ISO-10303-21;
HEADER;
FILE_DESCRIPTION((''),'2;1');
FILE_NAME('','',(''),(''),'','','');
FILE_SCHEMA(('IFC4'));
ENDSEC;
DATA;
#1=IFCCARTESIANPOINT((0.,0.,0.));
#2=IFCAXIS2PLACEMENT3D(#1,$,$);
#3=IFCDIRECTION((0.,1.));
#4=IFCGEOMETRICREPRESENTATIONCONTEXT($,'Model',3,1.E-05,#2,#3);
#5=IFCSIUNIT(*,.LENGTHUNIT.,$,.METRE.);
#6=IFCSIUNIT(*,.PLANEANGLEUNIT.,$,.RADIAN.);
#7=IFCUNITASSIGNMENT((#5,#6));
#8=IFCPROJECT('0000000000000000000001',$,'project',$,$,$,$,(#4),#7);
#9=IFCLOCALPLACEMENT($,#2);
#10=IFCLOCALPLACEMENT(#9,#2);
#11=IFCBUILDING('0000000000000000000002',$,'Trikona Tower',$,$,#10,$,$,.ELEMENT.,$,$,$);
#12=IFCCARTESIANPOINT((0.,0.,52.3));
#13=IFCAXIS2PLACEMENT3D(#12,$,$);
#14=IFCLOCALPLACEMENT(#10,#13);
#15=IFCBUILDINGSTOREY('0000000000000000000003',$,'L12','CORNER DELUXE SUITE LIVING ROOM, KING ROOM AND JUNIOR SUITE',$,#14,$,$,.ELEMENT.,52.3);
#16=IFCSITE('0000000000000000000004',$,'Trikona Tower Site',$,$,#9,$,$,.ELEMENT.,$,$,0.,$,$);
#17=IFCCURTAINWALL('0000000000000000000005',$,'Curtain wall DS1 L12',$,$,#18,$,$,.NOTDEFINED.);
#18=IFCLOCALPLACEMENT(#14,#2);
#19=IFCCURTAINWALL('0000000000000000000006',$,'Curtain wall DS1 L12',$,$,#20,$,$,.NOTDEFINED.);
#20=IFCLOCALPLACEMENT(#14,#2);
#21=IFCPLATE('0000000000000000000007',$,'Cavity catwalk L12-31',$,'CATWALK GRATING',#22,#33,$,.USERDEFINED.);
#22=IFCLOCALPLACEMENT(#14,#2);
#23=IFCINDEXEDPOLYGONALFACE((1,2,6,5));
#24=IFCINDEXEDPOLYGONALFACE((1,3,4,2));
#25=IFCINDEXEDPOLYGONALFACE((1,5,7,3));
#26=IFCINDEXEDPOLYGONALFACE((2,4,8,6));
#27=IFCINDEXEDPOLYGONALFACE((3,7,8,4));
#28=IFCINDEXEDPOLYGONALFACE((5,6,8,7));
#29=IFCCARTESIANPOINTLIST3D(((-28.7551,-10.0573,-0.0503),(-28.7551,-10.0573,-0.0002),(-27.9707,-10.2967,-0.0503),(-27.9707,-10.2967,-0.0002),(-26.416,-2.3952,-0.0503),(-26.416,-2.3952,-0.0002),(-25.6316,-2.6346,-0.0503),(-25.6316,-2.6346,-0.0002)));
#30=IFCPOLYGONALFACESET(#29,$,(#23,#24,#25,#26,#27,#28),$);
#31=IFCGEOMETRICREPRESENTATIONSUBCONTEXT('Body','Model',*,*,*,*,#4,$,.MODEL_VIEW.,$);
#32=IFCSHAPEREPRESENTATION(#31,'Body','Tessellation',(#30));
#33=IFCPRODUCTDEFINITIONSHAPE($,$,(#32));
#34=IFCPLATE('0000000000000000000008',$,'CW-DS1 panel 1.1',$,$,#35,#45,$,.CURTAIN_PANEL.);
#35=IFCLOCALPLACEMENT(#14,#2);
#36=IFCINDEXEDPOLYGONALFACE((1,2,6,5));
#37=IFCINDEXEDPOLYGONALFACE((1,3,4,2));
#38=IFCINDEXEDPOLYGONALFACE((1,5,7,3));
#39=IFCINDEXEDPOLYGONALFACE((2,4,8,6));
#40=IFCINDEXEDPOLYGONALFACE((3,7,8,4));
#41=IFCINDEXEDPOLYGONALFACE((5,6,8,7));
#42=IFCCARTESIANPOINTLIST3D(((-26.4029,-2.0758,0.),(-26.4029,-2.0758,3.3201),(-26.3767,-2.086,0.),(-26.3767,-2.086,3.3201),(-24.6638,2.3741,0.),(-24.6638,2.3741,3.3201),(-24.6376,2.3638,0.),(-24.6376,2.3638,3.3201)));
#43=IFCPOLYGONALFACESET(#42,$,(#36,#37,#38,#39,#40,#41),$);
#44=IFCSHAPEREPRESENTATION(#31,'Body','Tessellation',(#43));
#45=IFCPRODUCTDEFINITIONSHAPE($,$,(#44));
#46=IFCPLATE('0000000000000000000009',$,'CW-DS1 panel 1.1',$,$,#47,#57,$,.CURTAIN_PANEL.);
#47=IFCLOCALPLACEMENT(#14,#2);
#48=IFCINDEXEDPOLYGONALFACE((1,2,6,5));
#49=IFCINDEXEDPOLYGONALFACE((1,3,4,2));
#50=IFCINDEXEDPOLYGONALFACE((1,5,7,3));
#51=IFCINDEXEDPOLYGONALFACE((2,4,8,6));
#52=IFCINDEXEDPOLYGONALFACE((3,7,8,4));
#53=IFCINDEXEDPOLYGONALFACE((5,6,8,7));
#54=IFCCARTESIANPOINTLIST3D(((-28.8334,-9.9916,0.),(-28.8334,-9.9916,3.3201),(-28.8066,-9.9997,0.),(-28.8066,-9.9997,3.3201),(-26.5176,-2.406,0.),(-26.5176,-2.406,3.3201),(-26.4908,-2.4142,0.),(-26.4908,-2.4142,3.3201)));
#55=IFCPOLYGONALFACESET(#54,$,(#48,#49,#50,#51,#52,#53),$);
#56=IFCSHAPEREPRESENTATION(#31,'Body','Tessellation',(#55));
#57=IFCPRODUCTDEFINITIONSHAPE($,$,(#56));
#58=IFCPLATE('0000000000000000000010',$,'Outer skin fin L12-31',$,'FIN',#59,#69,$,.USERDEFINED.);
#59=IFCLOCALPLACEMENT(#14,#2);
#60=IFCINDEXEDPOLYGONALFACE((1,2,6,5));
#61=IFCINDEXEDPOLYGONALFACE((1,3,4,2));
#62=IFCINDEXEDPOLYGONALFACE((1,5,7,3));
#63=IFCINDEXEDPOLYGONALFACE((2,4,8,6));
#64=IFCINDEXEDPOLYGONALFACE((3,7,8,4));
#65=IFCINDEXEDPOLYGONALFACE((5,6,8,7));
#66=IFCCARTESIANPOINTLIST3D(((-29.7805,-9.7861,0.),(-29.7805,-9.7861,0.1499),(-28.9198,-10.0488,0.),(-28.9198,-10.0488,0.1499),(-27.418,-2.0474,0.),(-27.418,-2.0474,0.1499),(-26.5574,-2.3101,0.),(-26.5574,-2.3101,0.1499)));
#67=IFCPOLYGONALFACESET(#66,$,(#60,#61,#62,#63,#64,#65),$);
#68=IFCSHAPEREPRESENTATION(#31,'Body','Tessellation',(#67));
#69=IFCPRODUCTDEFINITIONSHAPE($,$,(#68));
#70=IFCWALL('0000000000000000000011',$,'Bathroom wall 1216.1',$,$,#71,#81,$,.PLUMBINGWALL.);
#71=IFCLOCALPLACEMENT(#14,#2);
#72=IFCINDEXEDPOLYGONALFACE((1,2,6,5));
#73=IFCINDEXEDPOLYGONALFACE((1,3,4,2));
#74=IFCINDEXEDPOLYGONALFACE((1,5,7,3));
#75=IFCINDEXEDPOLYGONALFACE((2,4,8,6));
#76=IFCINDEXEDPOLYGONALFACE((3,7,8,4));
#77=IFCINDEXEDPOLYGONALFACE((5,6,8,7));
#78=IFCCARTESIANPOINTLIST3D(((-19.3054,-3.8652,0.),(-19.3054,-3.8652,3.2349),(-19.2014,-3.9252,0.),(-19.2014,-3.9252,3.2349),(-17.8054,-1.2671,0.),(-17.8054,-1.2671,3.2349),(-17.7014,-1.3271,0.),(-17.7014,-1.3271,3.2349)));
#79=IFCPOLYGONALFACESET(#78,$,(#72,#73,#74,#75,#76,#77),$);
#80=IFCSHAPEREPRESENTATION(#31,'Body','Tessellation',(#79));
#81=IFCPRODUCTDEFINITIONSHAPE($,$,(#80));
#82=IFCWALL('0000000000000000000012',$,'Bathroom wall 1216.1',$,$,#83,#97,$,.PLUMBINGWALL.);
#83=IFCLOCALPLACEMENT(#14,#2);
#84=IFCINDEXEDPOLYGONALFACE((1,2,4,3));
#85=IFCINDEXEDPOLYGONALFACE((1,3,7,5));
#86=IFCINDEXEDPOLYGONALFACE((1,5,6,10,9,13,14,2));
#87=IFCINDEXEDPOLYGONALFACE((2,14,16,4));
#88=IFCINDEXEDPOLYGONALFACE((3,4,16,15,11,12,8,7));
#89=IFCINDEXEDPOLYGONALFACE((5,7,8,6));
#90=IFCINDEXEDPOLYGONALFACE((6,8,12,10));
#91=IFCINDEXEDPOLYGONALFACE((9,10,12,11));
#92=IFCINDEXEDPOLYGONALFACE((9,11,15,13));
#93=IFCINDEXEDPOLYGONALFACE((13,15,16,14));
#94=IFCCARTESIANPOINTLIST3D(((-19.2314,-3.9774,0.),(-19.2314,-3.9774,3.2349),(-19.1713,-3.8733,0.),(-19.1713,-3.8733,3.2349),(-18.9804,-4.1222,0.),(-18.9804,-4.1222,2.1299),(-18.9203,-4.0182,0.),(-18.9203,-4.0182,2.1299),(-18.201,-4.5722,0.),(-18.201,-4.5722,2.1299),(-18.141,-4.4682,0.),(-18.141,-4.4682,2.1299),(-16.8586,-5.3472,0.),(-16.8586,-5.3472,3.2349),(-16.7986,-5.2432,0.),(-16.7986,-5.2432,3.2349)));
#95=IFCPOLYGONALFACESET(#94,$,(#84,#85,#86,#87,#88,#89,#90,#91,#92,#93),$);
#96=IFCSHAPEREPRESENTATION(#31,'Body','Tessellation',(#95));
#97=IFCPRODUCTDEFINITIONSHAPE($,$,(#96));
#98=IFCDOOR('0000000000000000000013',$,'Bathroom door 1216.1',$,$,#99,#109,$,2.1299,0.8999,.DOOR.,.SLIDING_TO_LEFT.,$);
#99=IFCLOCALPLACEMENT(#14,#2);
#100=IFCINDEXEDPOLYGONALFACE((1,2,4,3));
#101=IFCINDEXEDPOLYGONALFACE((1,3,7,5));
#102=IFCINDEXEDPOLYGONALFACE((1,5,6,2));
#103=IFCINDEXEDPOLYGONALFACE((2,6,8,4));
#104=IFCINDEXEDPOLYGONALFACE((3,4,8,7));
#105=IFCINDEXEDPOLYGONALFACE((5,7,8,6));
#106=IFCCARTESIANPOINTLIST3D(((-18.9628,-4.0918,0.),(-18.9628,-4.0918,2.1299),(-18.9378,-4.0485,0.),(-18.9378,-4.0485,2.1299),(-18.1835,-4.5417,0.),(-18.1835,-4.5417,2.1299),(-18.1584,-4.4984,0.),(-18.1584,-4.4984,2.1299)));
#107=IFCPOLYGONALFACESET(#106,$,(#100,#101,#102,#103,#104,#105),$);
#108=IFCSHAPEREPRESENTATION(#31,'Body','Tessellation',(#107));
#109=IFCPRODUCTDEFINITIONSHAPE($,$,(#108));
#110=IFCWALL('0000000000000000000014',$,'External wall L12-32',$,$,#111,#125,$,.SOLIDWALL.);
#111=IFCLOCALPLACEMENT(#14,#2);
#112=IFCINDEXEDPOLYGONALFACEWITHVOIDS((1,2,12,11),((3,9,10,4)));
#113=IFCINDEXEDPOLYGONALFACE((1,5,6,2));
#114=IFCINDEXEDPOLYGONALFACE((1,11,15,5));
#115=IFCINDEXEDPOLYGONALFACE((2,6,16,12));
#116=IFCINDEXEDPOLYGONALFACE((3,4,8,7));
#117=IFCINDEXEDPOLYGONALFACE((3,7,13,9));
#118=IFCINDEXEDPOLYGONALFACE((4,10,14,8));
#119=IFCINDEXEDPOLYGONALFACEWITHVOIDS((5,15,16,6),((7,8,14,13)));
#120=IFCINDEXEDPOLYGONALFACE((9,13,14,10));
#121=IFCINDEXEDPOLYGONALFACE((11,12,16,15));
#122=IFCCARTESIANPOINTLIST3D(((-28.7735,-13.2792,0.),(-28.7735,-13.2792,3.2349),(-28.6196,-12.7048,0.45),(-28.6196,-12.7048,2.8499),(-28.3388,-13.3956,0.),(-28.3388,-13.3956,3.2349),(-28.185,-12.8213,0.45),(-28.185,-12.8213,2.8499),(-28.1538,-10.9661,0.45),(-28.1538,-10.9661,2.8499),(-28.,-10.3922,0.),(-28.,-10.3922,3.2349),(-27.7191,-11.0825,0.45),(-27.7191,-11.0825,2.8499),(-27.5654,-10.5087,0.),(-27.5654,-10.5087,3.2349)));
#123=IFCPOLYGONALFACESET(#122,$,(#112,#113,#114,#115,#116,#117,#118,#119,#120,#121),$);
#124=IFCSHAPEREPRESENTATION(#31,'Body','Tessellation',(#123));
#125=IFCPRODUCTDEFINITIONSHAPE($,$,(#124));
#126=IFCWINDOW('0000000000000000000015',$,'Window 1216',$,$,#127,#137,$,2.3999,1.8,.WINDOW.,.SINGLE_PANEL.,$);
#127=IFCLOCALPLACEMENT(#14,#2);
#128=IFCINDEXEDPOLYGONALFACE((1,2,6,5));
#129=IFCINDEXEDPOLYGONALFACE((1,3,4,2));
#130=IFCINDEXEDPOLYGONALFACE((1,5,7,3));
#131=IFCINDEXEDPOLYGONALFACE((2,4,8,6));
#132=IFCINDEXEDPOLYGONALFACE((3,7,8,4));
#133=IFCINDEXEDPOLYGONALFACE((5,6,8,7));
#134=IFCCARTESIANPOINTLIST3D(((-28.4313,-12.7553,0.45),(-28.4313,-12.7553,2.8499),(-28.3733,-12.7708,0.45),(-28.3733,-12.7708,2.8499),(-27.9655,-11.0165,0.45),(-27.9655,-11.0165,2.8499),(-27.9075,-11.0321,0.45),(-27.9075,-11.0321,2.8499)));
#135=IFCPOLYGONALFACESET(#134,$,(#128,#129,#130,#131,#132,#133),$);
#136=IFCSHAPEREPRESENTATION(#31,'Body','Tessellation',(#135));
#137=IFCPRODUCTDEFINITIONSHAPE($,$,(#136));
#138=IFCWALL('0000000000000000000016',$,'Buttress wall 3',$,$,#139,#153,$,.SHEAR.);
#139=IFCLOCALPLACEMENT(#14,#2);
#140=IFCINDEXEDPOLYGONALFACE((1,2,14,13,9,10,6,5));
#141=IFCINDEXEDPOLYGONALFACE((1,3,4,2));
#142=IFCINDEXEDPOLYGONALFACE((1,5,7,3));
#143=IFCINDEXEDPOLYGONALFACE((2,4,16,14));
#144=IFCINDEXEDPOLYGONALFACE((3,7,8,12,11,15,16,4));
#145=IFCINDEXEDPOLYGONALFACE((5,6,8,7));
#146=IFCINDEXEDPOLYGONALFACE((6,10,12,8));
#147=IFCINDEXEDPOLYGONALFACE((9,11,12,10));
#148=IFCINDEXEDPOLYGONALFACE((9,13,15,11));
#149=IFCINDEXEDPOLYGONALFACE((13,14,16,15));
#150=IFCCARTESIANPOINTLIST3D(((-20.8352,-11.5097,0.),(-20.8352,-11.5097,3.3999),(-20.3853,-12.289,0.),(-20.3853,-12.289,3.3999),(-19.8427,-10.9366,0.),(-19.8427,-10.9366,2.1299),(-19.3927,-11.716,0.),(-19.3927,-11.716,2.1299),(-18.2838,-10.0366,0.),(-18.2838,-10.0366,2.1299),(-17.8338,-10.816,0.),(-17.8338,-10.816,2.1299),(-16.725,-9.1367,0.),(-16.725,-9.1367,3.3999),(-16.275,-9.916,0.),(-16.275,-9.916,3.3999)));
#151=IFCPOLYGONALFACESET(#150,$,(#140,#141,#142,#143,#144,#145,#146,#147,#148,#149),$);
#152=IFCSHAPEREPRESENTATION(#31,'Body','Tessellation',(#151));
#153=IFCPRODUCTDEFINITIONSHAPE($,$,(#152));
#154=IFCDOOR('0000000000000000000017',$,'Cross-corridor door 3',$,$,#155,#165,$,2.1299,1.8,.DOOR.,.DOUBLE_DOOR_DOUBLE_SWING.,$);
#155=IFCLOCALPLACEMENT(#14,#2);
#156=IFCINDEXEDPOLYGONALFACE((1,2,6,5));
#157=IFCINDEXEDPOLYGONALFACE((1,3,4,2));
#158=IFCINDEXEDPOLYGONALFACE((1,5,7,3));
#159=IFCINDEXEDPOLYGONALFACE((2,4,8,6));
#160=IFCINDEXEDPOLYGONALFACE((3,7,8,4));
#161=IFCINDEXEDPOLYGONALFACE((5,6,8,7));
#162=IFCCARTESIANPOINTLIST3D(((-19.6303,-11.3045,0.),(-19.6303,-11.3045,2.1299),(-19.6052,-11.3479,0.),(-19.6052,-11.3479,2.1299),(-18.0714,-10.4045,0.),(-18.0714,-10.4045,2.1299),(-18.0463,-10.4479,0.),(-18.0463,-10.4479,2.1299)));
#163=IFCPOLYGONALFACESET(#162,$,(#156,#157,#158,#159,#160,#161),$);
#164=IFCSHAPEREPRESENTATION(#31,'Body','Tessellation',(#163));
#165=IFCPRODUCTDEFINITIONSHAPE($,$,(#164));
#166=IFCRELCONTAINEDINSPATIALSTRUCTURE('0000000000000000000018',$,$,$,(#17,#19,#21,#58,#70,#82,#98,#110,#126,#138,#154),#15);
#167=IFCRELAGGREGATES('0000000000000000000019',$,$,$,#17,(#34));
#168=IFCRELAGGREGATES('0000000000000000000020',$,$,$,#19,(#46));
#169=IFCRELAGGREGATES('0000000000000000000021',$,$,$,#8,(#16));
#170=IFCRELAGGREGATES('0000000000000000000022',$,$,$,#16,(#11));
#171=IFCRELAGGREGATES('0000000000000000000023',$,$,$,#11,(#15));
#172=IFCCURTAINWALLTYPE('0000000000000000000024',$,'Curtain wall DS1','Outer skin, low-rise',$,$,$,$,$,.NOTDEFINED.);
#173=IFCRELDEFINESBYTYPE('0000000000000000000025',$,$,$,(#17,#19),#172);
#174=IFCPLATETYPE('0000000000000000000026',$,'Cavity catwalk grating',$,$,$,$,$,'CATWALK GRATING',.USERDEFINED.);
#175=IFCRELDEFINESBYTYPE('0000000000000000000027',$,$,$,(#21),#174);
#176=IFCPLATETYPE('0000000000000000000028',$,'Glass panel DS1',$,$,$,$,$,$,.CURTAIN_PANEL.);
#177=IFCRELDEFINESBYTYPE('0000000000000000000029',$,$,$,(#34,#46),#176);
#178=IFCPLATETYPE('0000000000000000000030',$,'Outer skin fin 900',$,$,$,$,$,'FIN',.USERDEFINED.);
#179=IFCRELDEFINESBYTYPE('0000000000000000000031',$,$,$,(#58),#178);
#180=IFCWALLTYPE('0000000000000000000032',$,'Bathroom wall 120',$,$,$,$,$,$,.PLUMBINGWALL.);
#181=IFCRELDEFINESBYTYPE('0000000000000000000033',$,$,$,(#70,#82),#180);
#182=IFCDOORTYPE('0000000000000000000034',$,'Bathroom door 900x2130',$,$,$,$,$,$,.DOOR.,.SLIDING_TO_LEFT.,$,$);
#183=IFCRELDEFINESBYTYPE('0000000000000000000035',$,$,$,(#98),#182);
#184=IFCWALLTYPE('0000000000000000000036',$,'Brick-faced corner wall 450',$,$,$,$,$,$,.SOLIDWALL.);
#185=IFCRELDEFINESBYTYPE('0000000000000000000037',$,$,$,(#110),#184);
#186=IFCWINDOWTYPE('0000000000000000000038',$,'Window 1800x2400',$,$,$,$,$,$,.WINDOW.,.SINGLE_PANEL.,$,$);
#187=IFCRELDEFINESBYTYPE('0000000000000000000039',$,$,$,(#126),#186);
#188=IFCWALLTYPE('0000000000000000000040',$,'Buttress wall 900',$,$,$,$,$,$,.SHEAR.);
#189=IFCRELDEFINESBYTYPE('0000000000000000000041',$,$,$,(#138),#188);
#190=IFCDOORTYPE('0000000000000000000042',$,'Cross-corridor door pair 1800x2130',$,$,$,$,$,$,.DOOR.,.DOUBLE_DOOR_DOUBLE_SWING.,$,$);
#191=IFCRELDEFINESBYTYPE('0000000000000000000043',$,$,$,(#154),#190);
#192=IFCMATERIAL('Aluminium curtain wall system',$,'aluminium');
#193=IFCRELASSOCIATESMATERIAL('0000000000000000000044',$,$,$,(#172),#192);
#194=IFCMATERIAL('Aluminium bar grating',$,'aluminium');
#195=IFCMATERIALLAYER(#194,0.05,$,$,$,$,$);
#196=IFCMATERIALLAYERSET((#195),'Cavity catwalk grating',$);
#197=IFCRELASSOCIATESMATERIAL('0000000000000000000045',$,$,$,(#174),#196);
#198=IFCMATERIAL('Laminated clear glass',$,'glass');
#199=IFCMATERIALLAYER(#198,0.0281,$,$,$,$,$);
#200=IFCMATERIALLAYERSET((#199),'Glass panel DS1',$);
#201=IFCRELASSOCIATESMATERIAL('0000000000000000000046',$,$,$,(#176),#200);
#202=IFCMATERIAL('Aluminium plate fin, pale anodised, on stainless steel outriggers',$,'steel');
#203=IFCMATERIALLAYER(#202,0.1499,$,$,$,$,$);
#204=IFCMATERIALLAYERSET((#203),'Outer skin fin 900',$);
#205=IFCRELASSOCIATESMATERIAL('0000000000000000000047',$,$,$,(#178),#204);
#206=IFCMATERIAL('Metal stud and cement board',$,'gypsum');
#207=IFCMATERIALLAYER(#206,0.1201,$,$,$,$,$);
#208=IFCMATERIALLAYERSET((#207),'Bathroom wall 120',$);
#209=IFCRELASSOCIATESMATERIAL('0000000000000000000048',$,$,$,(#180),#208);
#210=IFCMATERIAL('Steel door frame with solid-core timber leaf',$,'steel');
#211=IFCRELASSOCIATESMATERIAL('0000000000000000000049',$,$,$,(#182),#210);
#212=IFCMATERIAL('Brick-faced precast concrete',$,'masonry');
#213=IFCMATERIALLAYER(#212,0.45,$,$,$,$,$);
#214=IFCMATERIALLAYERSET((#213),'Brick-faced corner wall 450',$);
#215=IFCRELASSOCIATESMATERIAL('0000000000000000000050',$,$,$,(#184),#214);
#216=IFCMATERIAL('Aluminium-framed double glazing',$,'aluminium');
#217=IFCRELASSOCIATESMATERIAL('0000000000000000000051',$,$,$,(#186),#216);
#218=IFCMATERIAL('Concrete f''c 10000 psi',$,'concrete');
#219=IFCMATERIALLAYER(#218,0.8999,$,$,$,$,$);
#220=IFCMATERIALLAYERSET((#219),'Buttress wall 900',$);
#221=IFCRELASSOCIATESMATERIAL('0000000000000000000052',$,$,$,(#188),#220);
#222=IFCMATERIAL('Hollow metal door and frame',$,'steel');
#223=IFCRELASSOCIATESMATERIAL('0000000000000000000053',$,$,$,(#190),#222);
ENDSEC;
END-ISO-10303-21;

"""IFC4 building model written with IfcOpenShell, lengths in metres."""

from ifc_helpers import new_model, si_unit, direction, frame, frame_2d, origin, origin_2d, place, context, subcontext, project, spatial, rectangle, extrude, material, layer, layer_set, type_object, element, fill, aggregate, save


model = new_model("IFC4")

# Units and contexts
model_context = context("Model", 3, precision=1e-05, world=origin(), true_north=direction((0.0, 1.0)))
body_context = subcontext(model_context, "Body", "Model", "MODEL_VIEW")
ifc_project = project(units=[si_unit("LENGTHUNIT", "METRE"), si_unit("PLANEANGLEUNIT", "RADIAN")], contexts=[model_context])

# Site, building, storey
site_placement = place(None, origin())
site = spatial("IfcSite", under=ifc_project, at=site_placement, Name="Trikona Tower Site", CompositionType="ELEMENT", RefElevation=0.0)
building_placement = place(site_placement, origin())
building = spatial("IfcBuilding", under=site, at=building_placement, Name="Trikona Tower", CompositionType="ELEMENT")
storey_placement = place(building_placement, frame((0.0, 0.0, 52.3)))
storey = spatial("IfcBuildingStorey", under=building, at=storey_placement, Name="L12", Description="CORNER DELUXE SUITE LIVING ROOM, KING ROOM AND JUNIOR SUITE", CompositionType="ELEMENT", Elevation=52.3)

# Curtain wall
ifc_material_1 = material(Name="Aluminium curtain wall system", Category="aluminium")
curtain_wall_type = type_object("IfcCurtainWallType", Name="Curtain wall DS1", Description="Outer skin, low-rise", PredefinedType="NOTDEFINED", material=ifc_material_1)
curtain_wall_1_placement = place(storey_placement, origin())
curtain_wall_1 = element("IfcCurtainWall", 1, at=curtain_wall_1_placement, inside=storey, type_object=curtain_wall_type, Name="Curtain wall DS1 L12", PredefinedType="NOTDEFINED")

# Curtain wall
curtain_wall_2_placement = place(storey_placement, origin())
curtain_wall_2 = element("IfcCurtainWall", 2, at=curtain_wall_2_placement, inside=storey, type_object=curtain_wall_type, Name="Curtain wall DS1 L12", PredefinedType="NOTDEFINED")

# Plate
ifc_material_2 = material(Name="Aluminium bar grating", Category="aluminium")
ifc_layer_1 = layer(ifc_material_2, 0.05)
ifc_layer_set_1 = layer_set([ifc_layer_1], Name="Cavity catwalk grating")
plate_type_1 = type_object("IfcPlateType", Name="Cavity catwalk grating", ElementType="CATWALK GRATING", PredefinedType="USERDEFINED", material=ifc_layer_set_1)
plate_1_placement = place(storey_placement, frame((-27.1934, -6.3459, -0.0503), z_axis=(0.0, 0.0, 1.0), x_axis=(-0.291979, -0.956425, 0.0)))
element("IfcPlate", 3, at=plate_1_placement, inside=storey, type_object=plate_type_1, Name="Cavity catwalk L12-31", ObjectType="CATWALK GRATING", PredefinedType="USERDEFINED", context=body_context, shape_type="SweptSolid", body=[
    extrude(rectangle(XDim=8.0112, YDim=0.8201, at=origin_2d()), origin(), (0.0, 0.0, 1.0), 0.05),
])

# Plates
ifc_material_3 = material(Name="Laminated clear glass", Category="glass")
ifc_layer_2 = layer(ifc_material_3, 0.0281)
ifc_layer_set_2 = layer_set([ifc_layer_2], Name="Glass panel DS1")
plate_type_2 = type_object("IfcPlateType", Name="Glass panel DS1", PredefinedType="CURTAIN_PANEL", material=ifc_layer_set_2)
plate_2_placement = place(storey_placement, frame((-25.5203, 0.144, 0.0), z_axis=(0.0, 0.0, 1.0), x_axis=(-0.364008, -0.931396, 0.0)))
plate_2 = element("IfcPlate", 4, at=plate_2_placement, type_object=plate_type_2, Name="CW-DS1 panel 1.1", PredefinedType="CURTAIN_PANEL", context=body_context, shape_type="SweptSolid", body=[
    extrude(rectangle(XDim=4.7776, YDim=0.0281, at=origin_2d()), origin(), (0.0, 0.0, 1.0), 3.3201),
])
aggregate(curtain_wall_1, [plate_2])
plate_3_placement = place(storey_placement, frame((-27.6621, -6.2029, 0.0), z_axis=(0.0, 0.0, 1.0), x_axis=(-0.291984, -0.956423, 0.0)))
plate_3 = element("IfcPlate", 5, at=plate_3_placement, type_object=plate_type_2, Name="CW-DS1 panel 1.1", PredefinedType="CURTAIN_PANEL", context=body_context, shape_type="SweptSolid", body=[
    extrude(rectangle(XDim=7.9312, YDim=0.0281, at=origin_2d()), origin(), (0.0, 0.0, 1.0), 3.3201),
])
aggregate(curtain_wall_2, [plate_3])
ifc_material_4 = material(Name="Aluminium plate fin, pale anodised, on stainless steel outriggers", Category="steel")
ifc_layer_3 = layer(ifc_material_4, 0.1499)
ifc_layer_set_3 = layer_set([ifc_layer_3], Name="Outer skin fin 900")
plate_type_3 = type_object("IfcPlateType", Name="Outer skin fin 900", ElementType="FIN", PredefinedType="USERDEFINED", material=ifc_layer_set_3)
plate_4_placement = place(storey_placement, frame((-28.1689, -6.0481, 0.0), z_axis=(0.0, 0.0, 1.0), x_axis=(-0.291979, -0.956425, 0.0)))
element("IfcPlate", 6, at=plate_4_placement, inside=storey, type_object=plate_type_3, Name="Outer skin fin L12-31", ObjectType="FIN", PredefinedType="USERDEFINED", context=body_context, shape_type="SweptSolid", body=[
    extrude(rectangle(XDim=8.0913, YDim=0.8999, at=origin_2d()), origin(), (0.0, 0.0, 1.0), 0.1499),
])

# Wall
ifc_material_5 = material(Name="Metal stud and cement board", Category="gypsum")
ifc_layer_4 = layer(ifc_material_5, 0.1201)
ifc_layer_set_4 = layer_set([ifc_layer_4], Name="Bathroom wall 120")
wall_type_1 = type_object("IfcWallType", Name="Bathroom wall 120", PredefinedType="PLUMBINGWALL", material=ifc_layer_set_4)
wall_1_placement = place(storey_placement, frame((-17.7534, -1.2971, 0.0), z_axis=(0.0, 0.0, 1.0), x_axis=(-0.49999, -0.866031, 0.0)))
element("IfcWall", 7, at=wall_1_placement, inside=storey, type_object=wall_type_1, Name="Bathroom wall 1216.1", PredefinedType="PLUMBINGWALL", context=body_context, shape_type="SweptSolid", body=[
    extrude(rectangle(XDim=3.0, YDim=0.1201, at=frame_2d((1.5, 0.0))), origin(), (0.0, 0.0, 1.0), 3.2349),
])

# Wall, opening, door
wall_2_placement = place(storey_placement, frame((-16.8286, -5.2952, 0.0), z_axis=(0.0, 0.0, 1.0), x_axis=(-0.866036, 0.499982, 0.0)))
wall_2 = element("IfcWall", 8, at=wall_2_placement, inside=storey, type_object=wall_type_1, Name="Bathroom wall 1216.1", PredefinedType="PLUMBINGWALL", context=body_context, shape_type="SweptSolid", body=[
    extrude(rectangle(XDim=2.7397, YDim=0.1201, at=frame_2d((1.3699, 0.0))), origin(), (0.0, 0.0, 1.0), 3.2349),
])
opening_1_placement = place(wall_2_placement, frame((1.55, 0.0, 0.0)))
opening_1 = element("IfcOpeningElement", 9, at=opening_1_placement, cuts=wall_2, PredefinedType="OPENING", context=body_context, shape_type="SweptSolid", body=[
    extrude(rectangle(XDim=0.8999, YDim=2.1299, at=frame_2d((0.45, 1.0649))), frame((0.0, 0.0701, 0.0), z_axis=(0.0, -1.0, 0.0), x_axis=(1.0, 0.0, 0.0)), (0.0, 0.0, 1.0), 0.1401),
])
ifc_material_6 = material(Name="Steel door frame with solid-core timber leaf", Category="steel")
door_type_1 = type_object("IfcDoorType", Name="Bathroom door 900x2130", OperationType="SLIDING_TO_LEFT", PredefinedType="DOOR", material=ifc_material_6)
door_1_placement = place(opening_1_placement, origin())
door_1 = element("IfcDoor", 10, at=door_1_placement, inside=storey, type_object=door_type_1, Name="Bathroom door 1216.1", OperationType="SLIDING_TO_LEFT", OverallHeight=2.1299, OverallWidth=0.8999, PredefinedType="DOOR", context=body_context, shape_type="SweptSolid", body=[
    extrude(rectangle(XDim=0.8999, YDim=2.1299, at=frame_2d((0.45, 1.0649))), frame((0.0, 0.0249, 0.0), z_axis=(0.0, -1.0, 0.0), x_axis=(1.0, 0.0, 0.0)), (0.0, 0.0, 1.0), 0.05),
])
fill(opening_1, door_1)

# Wall, opening, window
ifc_material_7 = material(Name="Brick-faced precast concrete", Category="masonry")
ifc_layer_5 = layer(ifc_material_7, 0.45)
ifc_layer_set_5 = layer_set([ifc_layer_5], Name="Brick-faced corner wall 450")
wall_type_2 = type_object("IfcWallType", Name="Brick-faced corner wall 450", PredefinedType="SOLIDWALL", material=ifc_layer_set_5)
wall_3_placement = place(storey_placement, frame((-27.7827, -10.4504, 0.0), z_axis=(0.0, 0.0, 1.0), x_axis=(-0.258781, -0.965936, 0.0)))
wall_3 = element("IfcWall", 11, at=wall_3_placement, inside=storey, type_object=wall_type_2, Name="External wall L12-32", PredefinedType="SOLIDWALL", context=body_context, shape_type="SweptSolid", body=[
    extrude(rectangle(XDim=2.9888, YDim=0.45, at=frame_2d((1.4944, 0.0))), origin(), (0.0, 0.0, 1.0), 3.2349),
])
opening_2_placement = place(wall_3_placement, frame((0.5942, 0.0, 0.45)))
opening_2 = element("IfcOpeningElement", 12, at=opening_2_placement, cuts=wall_3, PredefinedType="OPENING", context=body_context, shape_type="SweptSolid", body=[
    extrude(rectangle(XDim=1.8, YDim=2.3999, at=frame_2d((0.8999, 1.2))), frame((0.0, 0.2349, 0.0), z_axis=(0.0, -1.0, 0.0), x_axis=(1.0, 0.0, 0.0)), (0.0, 0.0, 1.0), 0.47),
])
ifc_material_8 = material(Name="Aluminium-framed double glazing", Category="aluminium")
window_type_1 = type_object("IfcWindowType", Name="Window 1800x2400", PartitioningType="SINGLE_PANEL", PredefinedType="WINDOW", material=ifc_material_8)
window_1_placement = place(opening_2_placement, origin())
window_1 = element("IfcWindow", 13, at=window_1_placement, inside=storey, type_object=window_type_1, Name="Window 1216", OverallHeight=2.3999, OverallWidth=1.8, PartitioningType="SINGLE_PANEL", PredefinedType="WINDOW", context=body_context, shape_type="SweptSolid", body=[
    extrude(rectangle(XDim=1.8, YDim=2.3999, at=frame_2d((0.8999, 1.2))), frame((0.0, 0.03, 0.0), z_axis=(0.0, -1.0, 0.0), x_axis=(1.0, 0.0, 0.0)), (0.0, 0.0, 1.0), 0.0601),
])
fill(opening_2, window_1)

# Wall, opening, door
ifc_material_9 = material(Name="Concrete f'c 10000 psi", Category="concrete")
ifc_layer_6 = layer(ifc_material_9, 0.8999)
ifc_layer_set_6 = layer_set([ifc_layer_6], Name="Buttress wall 900")
wall_type_3 = type_object("IfcWallType", Name="Buttress wall 900", PredefinedType="SHEAR", material=ifc_layer_set_6)
wall_4_placement = place(storey_placement, frame((-16.5, -9.5264, 0.0), z_axis=(0.0, 0.0, 1.0), x_axis=(-0.866031, -0.49999, 0.0)))
wall_4 = element("IfcWall", 14, at=wall_4_placement, inside=storey, type_object=wall_type_3, Name="Buttress wall 3", PredefinedType="SHEAR", context=body_context, shape_type="SweptSolid", body=[
    extrude(rectangle(XDim=4.7461, YDim=0.8999, at=frame_2d((2.373, 0.0))), origin(), (0.0, 0.0, 1.0), 3.3999),
])
opening_3_placement = place(wall_4_placement, frame((1.8, 0.0, 0.0)))
opening_3 = element("IfcOpeningElement", 15, at=opening_3_placement, cuts=wall_4, PredefinedType="OPENING", context=body_context, shape_type="SweptSolid", body=[
    extrude(rectangle(XDim=1.8, YDim=2.1299, at=frame_2d((0.8999, 1.0649))), frame((0.0, 0.46, 0.0), z_axis=(0.0, -1.0, 0.0), x_axis=(1.0, 0.0, 0.0)), (0.0, 0.0, 1.0), 0.9199),
])
ifc_material_10 = material(Name="Hollow metal door and frame", Category="steel")
door_type_2 = type_object("IfcDoorType", Name="Cross-corridor door pair 1800x2130", OperationType="DOUBLE_DOOR_DOUBLE_SWING", PredefinedType="DOOR", material=ifc_material_10)
door_2_placement = place(opening_3_placement, origin())
door_2 = element("IfcDoor", 16, at=door_2_placement, inside=storey, type_object=door_type_2, Name="Cross-corridor door 3", OperationType="DOUBLE_DOOR_DOUBLE_SWING", OverallHeight=2.1299, OverallWidth=1.8, PredefinedType="DOOR", context=body_context, shape_type="SweptSolid", body=[
    extrude(rectangle(XDim=1.8, YDim=2.1299, at=frame_2d((0.8999, 1.0649))), frame((0.0, 0.0249, 0.0), z_axis=(0.0, -1.0, 0.0), x_axis=(1.0, 0.0, 0.0)), (0.0, 0.0, 1.0), 0.05),
])
fill(opening_3, door_2)

save(model, "model.ifc")
